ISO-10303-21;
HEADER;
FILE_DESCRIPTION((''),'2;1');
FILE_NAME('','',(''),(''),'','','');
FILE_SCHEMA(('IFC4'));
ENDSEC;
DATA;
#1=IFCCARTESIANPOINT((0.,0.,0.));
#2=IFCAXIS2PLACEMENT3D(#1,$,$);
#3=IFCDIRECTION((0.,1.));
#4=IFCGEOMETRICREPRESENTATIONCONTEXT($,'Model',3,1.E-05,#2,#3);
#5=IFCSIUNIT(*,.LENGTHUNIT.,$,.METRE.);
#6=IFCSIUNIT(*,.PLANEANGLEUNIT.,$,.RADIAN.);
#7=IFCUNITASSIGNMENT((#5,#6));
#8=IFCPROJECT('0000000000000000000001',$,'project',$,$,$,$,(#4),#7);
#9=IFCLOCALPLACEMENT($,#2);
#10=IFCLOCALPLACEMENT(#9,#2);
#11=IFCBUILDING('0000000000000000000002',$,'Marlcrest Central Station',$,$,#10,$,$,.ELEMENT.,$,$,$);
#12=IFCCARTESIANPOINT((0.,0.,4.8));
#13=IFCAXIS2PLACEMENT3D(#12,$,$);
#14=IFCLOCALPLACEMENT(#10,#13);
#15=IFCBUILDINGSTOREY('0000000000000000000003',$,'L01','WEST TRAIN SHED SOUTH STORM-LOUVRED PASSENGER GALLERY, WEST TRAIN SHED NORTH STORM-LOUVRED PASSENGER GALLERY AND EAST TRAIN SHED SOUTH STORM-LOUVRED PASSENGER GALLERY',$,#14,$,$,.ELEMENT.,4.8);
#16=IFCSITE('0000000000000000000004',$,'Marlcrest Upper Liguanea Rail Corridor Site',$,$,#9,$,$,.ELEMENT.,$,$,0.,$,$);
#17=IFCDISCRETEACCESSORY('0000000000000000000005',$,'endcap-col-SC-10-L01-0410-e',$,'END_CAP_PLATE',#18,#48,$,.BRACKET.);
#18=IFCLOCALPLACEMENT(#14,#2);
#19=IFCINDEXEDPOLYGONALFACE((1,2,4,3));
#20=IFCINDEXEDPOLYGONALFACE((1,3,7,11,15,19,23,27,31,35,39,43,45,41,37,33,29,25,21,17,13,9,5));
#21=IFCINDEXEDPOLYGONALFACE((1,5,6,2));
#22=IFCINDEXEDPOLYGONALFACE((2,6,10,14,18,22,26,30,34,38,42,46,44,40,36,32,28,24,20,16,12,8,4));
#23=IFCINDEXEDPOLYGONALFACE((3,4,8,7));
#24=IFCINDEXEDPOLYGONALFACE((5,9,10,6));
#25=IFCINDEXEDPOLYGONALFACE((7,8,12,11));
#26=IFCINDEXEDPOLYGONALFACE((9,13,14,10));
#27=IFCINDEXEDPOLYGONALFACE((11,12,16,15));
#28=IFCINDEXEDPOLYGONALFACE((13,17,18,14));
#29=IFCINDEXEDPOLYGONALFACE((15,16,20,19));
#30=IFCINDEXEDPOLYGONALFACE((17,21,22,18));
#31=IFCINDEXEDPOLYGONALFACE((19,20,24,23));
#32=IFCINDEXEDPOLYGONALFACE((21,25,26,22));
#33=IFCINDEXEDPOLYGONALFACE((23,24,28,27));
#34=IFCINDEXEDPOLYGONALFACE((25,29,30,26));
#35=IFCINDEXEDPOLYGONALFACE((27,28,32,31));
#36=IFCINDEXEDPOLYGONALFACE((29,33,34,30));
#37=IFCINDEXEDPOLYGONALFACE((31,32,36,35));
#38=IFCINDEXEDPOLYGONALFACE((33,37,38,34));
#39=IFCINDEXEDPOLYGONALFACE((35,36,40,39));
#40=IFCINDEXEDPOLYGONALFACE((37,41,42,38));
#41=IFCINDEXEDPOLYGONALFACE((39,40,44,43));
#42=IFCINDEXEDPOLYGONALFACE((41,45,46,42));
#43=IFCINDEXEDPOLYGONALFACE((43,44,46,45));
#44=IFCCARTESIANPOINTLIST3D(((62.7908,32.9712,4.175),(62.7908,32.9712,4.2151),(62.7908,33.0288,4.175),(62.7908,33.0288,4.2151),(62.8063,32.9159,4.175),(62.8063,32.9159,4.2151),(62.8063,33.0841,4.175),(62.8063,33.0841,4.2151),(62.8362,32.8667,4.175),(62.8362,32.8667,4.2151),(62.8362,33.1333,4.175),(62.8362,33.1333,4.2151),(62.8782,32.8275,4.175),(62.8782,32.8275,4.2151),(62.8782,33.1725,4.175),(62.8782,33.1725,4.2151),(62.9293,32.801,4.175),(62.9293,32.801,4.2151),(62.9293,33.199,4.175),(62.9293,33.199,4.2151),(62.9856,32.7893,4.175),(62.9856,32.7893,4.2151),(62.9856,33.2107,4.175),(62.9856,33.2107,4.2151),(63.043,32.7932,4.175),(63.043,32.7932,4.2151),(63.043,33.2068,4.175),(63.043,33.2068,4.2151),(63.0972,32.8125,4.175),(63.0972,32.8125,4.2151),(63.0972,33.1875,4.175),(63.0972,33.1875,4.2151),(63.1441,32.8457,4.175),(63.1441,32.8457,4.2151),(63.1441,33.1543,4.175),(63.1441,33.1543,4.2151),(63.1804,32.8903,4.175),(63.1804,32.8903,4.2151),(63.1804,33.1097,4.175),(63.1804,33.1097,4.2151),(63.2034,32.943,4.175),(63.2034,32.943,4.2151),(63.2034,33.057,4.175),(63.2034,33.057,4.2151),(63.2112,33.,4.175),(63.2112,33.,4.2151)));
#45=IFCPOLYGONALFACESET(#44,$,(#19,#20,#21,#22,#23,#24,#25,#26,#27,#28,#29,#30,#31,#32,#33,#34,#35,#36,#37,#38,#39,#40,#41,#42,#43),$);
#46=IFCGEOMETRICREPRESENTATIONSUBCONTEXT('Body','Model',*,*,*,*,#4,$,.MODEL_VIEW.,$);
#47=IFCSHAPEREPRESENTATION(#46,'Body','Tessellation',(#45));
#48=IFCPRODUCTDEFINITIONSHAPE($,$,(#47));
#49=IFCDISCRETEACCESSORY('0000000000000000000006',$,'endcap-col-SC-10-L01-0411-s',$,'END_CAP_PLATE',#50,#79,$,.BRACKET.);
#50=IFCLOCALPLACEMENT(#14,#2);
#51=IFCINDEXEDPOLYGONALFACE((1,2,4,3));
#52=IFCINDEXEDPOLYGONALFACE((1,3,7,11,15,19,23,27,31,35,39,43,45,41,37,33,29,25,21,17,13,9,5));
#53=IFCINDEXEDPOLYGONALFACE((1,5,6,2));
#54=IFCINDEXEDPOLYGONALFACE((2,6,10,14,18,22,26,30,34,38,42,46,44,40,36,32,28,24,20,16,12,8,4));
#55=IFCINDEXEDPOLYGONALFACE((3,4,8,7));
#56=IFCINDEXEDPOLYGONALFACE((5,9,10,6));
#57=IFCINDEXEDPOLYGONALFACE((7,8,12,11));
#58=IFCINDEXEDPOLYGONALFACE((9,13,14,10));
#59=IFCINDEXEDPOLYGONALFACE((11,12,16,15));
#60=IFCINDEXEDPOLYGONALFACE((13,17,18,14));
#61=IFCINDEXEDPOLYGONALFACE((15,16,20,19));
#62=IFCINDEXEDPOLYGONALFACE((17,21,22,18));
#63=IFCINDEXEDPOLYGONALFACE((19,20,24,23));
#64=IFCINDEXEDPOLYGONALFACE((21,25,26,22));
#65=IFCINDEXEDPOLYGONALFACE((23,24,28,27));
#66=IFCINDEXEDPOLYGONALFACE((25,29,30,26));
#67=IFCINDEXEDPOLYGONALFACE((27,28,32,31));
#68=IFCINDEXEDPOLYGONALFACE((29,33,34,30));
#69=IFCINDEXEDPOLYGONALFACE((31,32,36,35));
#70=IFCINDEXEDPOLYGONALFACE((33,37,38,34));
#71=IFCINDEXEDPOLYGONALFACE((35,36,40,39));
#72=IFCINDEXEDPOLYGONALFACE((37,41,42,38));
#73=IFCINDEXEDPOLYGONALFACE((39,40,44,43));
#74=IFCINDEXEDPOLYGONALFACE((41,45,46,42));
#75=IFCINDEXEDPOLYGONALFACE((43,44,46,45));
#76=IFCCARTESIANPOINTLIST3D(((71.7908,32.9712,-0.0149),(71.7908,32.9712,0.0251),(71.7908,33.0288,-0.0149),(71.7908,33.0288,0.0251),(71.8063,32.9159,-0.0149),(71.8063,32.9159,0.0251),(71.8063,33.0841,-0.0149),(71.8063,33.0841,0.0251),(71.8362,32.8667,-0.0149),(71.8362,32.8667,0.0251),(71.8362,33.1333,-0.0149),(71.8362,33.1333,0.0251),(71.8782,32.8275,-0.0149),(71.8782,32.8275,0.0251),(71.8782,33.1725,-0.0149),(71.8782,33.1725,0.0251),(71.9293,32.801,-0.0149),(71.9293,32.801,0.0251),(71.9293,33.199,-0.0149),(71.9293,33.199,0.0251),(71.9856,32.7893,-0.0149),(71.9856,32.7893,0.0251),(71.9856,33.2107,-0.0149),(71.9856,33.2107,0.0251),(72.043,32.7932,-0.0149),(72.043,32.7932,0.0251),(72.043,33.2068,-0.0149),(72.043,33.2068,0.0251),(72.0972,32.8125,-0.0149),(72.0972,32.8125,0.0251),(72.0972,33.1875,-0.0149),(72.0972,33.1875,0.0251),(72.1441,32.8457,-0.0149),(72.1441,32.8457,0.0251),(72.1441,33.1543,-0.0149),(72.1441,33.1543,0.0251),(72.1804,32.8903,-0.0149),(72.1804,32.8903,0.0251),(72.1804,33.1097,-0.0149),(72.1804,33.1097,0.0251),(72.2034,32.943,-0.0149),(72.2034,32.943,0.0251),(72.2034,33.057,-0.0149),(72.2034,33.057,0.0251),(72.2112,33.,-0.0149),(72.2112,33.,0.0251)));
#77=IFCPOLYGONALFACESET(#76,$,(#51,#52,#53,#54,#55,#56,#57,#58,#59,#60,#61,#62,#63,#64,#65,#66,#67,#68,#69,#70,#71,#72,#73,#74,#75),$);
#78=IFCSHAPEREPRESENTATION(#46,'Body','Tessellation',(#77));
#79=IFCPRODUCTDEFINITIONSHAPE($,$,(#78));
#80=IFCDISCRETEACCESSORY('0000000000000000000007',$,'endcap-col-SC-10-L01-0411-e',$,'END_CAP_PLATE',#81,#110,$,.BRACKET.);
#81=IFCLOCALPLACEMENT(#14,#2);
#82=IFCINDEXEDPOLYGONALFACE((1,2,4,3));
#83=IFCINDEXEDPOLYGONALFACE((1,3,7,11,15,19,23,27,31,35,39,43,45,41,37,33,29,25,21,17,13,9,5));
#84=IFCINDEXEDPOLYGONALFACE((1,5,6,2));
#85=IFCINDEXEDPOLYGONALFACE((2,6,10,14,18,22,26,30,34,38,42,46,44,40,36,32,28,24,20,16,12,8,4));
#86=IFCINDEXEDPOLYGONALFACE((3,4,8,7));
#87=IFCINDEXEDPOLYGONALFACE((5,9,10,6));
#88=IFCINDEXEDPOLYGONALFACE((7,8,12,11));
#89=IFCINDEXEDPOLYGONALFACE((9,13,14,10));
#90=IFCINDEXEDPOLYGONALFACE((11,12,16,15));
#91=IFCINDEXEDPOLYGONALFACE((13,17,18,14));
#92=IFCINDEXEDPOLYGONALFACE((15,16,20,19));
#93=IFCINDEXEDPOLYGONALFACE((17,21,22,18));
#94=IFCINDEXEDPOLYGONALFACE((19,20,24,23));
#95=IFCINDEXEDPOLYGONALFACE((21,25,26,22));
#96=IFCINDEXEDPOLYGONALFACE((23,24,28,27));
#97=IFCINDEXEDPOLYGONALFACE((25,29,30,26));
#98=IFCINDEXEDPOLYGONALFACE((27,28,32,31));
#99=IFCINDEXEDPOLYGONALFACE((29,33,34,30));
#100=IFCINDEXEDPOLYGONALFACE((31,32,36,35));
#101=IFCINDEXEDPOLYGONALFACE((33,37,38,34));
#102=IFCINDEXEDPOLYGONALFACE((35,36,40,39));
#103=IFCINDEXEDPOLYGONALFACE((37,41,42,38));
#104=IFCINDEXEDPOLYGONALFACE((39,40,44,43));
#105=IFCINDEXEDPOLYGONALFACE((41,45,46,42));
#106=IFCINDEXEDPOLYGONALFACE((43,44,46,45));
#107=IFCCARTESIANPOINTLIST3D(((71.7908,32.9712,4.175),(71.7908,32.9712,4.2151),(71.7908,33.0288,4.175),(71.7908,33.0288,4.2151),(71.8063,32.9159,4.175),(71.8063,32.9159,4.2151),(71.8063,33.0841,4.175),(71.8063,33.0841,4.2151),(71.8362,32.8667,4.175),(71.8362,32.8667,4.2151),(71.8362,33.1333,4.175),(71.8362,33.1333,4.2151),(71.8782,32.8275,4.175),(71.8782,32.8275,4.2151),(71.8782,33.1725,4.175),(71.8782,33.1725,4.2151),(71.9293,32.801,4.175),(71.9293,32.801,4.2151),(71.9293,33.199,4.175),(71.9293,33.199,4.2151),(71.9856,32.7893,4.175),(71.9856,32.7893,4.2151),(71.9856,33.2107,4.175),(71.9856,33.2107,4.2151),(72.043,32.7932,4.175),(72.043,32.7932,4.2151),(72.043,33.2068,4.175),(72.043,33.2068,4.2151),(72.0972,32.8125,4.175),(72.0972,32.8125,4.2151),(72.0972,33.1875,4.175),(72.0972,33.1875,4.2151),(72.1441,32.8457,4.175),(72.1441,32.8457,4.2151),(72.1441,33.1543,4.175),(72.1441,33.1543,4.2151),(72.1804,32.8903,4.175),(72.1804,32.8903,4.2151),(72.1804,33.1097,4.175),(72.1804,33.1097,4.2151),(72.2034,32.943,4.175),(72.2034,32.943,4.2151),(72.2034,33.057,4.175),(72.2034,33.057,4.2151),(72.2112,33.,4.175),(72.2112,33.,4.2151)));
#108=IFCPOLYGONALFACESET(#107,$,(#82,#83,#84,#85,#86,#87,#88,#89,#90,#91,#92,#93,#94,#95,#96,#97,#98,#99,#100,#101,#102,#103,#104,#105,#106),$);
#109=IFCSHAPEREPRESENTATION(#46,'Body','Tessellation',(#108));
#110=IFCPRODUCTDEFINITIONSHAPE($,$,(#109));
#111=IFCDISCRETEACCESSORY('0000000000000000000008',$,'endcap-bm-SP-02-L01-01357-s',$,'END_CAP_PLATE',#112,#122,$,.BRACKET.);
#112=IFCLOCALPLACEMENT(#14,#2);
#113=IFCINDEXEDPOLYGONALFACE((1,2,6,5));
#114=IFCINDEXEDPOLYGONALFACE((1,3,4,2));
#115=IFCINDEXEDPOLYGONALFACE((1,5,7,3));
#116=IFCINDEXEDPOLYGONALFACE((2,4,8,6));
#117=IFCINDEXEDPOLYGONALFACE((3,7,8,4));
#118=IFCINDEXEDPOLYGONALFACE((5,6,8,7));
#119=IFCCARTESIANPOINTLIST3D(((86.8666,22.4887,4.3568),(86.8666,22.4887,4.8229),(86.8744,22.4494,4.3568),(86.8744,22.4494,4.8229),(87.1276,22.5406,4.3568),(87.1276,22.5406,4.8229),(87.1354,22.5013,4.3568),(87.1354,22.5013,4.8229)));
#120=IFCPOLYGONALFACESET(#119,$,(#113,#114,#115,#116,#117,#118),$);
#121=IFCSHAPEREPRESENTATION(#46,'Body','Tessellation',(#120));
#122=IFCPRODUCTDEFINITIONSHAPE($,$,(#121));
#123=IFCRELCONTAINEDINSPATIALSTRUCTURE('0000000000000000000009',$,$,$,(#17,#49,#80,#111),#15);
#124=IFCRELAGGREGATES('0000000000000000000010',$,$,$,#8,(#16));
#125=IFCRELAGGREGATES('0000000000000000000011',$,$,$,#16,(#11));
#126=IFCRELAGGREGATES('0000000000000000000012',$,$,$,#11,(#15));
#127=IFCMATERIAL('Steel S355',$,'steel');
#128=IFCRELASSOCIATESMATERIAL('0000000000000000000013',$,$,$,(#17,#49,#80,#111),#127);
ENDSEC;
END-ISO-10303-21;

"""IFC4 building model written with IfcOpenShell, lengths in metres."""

from ifc_helpers import new_model, si_unit, direction, frame, origin, origin_2d, place, context, subcontext, project, spatial, rectangle, circle, extrude, material, element, save


model = new_model("IFC4")

# Units and contexts
model_context = context("Model", 3, precision=1e-05, world=origin(), true_north=direction((0.0, 1.0)))
body_context = subcontext(model_context, "Body", "Model", "MODEL_VIEW")
ifc_project = project(units=[si_unit("LENGTHUNIT", "METRE"), si_unit("PLANEANGLEUNIT", "RADIAN")], contexts=[model_context])

# Site, building, storey
site_placement = place(None, origin())
site = spatial("IfcSite", under=ifc_project, at=site_placement, Name="Marlcrest Upper Liguanea Rail Corridor Site", CompositionType="ELEMENT", RefElevation=0.0)
building_placement = place(site_placement, origin())
building = spatial("IfcBuilding", under=site, at=building_placement, Name="Marlcrest Central Station", CompositionType="ELEMENT")
storey_placement = place(building_placement, frame((0.0, 0.0, 4.8)))
storey = spatial("IfcBuildingStorey", under=building, at=storey_placement, Name="L01", Description="WEST TRAIN SHED SOUTH STORM-LOUVRED PASSENGER GALLERY, WEST TRAIN SHED NORTH STORM-LOUVRED PASSENGER GALLERY AND EAST TRAIN SHED SOUTH STORM-LOUVRED PASSENGER GALLERY", CompositionType="ELEMENT", Elevation=4.8)

# Shared definitions
ifc_material_1 = material(Name="Steel S355", Category="steel")

# Discrete accessories
for number, where, z_axis, x_axis, name in (
    (1, (63.0, 33.0, 4.175), (0.0, 0.0, 1.0), (1.0, 0.0, 0.0), "endcap-col-SC-10-L01-0410-e"),
    (2, (72.0, 33.0, -0.0149), (0.0, 0.0, 1.0), (1.0, 0.0, 0.0), "endcap-col-SC-10-L01-0411-s"),
    (3, (72.0, 33.0, 4.175), (0.0, 0.0, 1.0), (1.0, 0.0, 0.0), "endcap-col-SC-10-L01-0411-e"),
):
    element("IfcDiscreteAccessory", number, at=place(storey_placement, frame(where, z_axis=z_axis, x_axis=x_axis)), inside=storey, material=ifc_material_1, Name=name, ObjectType="END_CAP_PLATE", PredefinedType="BRACKET", context=body_context, shape_type="SweptSolid", body=[
        extrude(circle(Radius=0.2112, at=origin_2d()), origin(), (0.0, 0.0, 1.0), 0.04),
    ])
discrete_accessory_placement = place(storey_placement, frame((86.9971, 22.5146, 4.5898), z_axis=(0.195171, -0.980769, 0.0), x_axis=(0.980769, 0.195171, 0.0)))
element("IfcDiscreteAccessory", 4, at=discrete_accessory_placement, inside=storey, material=ifc_material_1, Name="endcap-bm-SP-02-L01-01357-s", ObjectType="END_CAP_PLATE", PredefinedType="BRACKET", context=body_context, shape_type="SweptSolid", body=[
    extrude(rectangle(XDim=0.2661, YDim=0.4661, at=origin_2d()), origin(), (0.0, 0.0, 1.0), 0.04),
])

save(model, "model.ifc")
